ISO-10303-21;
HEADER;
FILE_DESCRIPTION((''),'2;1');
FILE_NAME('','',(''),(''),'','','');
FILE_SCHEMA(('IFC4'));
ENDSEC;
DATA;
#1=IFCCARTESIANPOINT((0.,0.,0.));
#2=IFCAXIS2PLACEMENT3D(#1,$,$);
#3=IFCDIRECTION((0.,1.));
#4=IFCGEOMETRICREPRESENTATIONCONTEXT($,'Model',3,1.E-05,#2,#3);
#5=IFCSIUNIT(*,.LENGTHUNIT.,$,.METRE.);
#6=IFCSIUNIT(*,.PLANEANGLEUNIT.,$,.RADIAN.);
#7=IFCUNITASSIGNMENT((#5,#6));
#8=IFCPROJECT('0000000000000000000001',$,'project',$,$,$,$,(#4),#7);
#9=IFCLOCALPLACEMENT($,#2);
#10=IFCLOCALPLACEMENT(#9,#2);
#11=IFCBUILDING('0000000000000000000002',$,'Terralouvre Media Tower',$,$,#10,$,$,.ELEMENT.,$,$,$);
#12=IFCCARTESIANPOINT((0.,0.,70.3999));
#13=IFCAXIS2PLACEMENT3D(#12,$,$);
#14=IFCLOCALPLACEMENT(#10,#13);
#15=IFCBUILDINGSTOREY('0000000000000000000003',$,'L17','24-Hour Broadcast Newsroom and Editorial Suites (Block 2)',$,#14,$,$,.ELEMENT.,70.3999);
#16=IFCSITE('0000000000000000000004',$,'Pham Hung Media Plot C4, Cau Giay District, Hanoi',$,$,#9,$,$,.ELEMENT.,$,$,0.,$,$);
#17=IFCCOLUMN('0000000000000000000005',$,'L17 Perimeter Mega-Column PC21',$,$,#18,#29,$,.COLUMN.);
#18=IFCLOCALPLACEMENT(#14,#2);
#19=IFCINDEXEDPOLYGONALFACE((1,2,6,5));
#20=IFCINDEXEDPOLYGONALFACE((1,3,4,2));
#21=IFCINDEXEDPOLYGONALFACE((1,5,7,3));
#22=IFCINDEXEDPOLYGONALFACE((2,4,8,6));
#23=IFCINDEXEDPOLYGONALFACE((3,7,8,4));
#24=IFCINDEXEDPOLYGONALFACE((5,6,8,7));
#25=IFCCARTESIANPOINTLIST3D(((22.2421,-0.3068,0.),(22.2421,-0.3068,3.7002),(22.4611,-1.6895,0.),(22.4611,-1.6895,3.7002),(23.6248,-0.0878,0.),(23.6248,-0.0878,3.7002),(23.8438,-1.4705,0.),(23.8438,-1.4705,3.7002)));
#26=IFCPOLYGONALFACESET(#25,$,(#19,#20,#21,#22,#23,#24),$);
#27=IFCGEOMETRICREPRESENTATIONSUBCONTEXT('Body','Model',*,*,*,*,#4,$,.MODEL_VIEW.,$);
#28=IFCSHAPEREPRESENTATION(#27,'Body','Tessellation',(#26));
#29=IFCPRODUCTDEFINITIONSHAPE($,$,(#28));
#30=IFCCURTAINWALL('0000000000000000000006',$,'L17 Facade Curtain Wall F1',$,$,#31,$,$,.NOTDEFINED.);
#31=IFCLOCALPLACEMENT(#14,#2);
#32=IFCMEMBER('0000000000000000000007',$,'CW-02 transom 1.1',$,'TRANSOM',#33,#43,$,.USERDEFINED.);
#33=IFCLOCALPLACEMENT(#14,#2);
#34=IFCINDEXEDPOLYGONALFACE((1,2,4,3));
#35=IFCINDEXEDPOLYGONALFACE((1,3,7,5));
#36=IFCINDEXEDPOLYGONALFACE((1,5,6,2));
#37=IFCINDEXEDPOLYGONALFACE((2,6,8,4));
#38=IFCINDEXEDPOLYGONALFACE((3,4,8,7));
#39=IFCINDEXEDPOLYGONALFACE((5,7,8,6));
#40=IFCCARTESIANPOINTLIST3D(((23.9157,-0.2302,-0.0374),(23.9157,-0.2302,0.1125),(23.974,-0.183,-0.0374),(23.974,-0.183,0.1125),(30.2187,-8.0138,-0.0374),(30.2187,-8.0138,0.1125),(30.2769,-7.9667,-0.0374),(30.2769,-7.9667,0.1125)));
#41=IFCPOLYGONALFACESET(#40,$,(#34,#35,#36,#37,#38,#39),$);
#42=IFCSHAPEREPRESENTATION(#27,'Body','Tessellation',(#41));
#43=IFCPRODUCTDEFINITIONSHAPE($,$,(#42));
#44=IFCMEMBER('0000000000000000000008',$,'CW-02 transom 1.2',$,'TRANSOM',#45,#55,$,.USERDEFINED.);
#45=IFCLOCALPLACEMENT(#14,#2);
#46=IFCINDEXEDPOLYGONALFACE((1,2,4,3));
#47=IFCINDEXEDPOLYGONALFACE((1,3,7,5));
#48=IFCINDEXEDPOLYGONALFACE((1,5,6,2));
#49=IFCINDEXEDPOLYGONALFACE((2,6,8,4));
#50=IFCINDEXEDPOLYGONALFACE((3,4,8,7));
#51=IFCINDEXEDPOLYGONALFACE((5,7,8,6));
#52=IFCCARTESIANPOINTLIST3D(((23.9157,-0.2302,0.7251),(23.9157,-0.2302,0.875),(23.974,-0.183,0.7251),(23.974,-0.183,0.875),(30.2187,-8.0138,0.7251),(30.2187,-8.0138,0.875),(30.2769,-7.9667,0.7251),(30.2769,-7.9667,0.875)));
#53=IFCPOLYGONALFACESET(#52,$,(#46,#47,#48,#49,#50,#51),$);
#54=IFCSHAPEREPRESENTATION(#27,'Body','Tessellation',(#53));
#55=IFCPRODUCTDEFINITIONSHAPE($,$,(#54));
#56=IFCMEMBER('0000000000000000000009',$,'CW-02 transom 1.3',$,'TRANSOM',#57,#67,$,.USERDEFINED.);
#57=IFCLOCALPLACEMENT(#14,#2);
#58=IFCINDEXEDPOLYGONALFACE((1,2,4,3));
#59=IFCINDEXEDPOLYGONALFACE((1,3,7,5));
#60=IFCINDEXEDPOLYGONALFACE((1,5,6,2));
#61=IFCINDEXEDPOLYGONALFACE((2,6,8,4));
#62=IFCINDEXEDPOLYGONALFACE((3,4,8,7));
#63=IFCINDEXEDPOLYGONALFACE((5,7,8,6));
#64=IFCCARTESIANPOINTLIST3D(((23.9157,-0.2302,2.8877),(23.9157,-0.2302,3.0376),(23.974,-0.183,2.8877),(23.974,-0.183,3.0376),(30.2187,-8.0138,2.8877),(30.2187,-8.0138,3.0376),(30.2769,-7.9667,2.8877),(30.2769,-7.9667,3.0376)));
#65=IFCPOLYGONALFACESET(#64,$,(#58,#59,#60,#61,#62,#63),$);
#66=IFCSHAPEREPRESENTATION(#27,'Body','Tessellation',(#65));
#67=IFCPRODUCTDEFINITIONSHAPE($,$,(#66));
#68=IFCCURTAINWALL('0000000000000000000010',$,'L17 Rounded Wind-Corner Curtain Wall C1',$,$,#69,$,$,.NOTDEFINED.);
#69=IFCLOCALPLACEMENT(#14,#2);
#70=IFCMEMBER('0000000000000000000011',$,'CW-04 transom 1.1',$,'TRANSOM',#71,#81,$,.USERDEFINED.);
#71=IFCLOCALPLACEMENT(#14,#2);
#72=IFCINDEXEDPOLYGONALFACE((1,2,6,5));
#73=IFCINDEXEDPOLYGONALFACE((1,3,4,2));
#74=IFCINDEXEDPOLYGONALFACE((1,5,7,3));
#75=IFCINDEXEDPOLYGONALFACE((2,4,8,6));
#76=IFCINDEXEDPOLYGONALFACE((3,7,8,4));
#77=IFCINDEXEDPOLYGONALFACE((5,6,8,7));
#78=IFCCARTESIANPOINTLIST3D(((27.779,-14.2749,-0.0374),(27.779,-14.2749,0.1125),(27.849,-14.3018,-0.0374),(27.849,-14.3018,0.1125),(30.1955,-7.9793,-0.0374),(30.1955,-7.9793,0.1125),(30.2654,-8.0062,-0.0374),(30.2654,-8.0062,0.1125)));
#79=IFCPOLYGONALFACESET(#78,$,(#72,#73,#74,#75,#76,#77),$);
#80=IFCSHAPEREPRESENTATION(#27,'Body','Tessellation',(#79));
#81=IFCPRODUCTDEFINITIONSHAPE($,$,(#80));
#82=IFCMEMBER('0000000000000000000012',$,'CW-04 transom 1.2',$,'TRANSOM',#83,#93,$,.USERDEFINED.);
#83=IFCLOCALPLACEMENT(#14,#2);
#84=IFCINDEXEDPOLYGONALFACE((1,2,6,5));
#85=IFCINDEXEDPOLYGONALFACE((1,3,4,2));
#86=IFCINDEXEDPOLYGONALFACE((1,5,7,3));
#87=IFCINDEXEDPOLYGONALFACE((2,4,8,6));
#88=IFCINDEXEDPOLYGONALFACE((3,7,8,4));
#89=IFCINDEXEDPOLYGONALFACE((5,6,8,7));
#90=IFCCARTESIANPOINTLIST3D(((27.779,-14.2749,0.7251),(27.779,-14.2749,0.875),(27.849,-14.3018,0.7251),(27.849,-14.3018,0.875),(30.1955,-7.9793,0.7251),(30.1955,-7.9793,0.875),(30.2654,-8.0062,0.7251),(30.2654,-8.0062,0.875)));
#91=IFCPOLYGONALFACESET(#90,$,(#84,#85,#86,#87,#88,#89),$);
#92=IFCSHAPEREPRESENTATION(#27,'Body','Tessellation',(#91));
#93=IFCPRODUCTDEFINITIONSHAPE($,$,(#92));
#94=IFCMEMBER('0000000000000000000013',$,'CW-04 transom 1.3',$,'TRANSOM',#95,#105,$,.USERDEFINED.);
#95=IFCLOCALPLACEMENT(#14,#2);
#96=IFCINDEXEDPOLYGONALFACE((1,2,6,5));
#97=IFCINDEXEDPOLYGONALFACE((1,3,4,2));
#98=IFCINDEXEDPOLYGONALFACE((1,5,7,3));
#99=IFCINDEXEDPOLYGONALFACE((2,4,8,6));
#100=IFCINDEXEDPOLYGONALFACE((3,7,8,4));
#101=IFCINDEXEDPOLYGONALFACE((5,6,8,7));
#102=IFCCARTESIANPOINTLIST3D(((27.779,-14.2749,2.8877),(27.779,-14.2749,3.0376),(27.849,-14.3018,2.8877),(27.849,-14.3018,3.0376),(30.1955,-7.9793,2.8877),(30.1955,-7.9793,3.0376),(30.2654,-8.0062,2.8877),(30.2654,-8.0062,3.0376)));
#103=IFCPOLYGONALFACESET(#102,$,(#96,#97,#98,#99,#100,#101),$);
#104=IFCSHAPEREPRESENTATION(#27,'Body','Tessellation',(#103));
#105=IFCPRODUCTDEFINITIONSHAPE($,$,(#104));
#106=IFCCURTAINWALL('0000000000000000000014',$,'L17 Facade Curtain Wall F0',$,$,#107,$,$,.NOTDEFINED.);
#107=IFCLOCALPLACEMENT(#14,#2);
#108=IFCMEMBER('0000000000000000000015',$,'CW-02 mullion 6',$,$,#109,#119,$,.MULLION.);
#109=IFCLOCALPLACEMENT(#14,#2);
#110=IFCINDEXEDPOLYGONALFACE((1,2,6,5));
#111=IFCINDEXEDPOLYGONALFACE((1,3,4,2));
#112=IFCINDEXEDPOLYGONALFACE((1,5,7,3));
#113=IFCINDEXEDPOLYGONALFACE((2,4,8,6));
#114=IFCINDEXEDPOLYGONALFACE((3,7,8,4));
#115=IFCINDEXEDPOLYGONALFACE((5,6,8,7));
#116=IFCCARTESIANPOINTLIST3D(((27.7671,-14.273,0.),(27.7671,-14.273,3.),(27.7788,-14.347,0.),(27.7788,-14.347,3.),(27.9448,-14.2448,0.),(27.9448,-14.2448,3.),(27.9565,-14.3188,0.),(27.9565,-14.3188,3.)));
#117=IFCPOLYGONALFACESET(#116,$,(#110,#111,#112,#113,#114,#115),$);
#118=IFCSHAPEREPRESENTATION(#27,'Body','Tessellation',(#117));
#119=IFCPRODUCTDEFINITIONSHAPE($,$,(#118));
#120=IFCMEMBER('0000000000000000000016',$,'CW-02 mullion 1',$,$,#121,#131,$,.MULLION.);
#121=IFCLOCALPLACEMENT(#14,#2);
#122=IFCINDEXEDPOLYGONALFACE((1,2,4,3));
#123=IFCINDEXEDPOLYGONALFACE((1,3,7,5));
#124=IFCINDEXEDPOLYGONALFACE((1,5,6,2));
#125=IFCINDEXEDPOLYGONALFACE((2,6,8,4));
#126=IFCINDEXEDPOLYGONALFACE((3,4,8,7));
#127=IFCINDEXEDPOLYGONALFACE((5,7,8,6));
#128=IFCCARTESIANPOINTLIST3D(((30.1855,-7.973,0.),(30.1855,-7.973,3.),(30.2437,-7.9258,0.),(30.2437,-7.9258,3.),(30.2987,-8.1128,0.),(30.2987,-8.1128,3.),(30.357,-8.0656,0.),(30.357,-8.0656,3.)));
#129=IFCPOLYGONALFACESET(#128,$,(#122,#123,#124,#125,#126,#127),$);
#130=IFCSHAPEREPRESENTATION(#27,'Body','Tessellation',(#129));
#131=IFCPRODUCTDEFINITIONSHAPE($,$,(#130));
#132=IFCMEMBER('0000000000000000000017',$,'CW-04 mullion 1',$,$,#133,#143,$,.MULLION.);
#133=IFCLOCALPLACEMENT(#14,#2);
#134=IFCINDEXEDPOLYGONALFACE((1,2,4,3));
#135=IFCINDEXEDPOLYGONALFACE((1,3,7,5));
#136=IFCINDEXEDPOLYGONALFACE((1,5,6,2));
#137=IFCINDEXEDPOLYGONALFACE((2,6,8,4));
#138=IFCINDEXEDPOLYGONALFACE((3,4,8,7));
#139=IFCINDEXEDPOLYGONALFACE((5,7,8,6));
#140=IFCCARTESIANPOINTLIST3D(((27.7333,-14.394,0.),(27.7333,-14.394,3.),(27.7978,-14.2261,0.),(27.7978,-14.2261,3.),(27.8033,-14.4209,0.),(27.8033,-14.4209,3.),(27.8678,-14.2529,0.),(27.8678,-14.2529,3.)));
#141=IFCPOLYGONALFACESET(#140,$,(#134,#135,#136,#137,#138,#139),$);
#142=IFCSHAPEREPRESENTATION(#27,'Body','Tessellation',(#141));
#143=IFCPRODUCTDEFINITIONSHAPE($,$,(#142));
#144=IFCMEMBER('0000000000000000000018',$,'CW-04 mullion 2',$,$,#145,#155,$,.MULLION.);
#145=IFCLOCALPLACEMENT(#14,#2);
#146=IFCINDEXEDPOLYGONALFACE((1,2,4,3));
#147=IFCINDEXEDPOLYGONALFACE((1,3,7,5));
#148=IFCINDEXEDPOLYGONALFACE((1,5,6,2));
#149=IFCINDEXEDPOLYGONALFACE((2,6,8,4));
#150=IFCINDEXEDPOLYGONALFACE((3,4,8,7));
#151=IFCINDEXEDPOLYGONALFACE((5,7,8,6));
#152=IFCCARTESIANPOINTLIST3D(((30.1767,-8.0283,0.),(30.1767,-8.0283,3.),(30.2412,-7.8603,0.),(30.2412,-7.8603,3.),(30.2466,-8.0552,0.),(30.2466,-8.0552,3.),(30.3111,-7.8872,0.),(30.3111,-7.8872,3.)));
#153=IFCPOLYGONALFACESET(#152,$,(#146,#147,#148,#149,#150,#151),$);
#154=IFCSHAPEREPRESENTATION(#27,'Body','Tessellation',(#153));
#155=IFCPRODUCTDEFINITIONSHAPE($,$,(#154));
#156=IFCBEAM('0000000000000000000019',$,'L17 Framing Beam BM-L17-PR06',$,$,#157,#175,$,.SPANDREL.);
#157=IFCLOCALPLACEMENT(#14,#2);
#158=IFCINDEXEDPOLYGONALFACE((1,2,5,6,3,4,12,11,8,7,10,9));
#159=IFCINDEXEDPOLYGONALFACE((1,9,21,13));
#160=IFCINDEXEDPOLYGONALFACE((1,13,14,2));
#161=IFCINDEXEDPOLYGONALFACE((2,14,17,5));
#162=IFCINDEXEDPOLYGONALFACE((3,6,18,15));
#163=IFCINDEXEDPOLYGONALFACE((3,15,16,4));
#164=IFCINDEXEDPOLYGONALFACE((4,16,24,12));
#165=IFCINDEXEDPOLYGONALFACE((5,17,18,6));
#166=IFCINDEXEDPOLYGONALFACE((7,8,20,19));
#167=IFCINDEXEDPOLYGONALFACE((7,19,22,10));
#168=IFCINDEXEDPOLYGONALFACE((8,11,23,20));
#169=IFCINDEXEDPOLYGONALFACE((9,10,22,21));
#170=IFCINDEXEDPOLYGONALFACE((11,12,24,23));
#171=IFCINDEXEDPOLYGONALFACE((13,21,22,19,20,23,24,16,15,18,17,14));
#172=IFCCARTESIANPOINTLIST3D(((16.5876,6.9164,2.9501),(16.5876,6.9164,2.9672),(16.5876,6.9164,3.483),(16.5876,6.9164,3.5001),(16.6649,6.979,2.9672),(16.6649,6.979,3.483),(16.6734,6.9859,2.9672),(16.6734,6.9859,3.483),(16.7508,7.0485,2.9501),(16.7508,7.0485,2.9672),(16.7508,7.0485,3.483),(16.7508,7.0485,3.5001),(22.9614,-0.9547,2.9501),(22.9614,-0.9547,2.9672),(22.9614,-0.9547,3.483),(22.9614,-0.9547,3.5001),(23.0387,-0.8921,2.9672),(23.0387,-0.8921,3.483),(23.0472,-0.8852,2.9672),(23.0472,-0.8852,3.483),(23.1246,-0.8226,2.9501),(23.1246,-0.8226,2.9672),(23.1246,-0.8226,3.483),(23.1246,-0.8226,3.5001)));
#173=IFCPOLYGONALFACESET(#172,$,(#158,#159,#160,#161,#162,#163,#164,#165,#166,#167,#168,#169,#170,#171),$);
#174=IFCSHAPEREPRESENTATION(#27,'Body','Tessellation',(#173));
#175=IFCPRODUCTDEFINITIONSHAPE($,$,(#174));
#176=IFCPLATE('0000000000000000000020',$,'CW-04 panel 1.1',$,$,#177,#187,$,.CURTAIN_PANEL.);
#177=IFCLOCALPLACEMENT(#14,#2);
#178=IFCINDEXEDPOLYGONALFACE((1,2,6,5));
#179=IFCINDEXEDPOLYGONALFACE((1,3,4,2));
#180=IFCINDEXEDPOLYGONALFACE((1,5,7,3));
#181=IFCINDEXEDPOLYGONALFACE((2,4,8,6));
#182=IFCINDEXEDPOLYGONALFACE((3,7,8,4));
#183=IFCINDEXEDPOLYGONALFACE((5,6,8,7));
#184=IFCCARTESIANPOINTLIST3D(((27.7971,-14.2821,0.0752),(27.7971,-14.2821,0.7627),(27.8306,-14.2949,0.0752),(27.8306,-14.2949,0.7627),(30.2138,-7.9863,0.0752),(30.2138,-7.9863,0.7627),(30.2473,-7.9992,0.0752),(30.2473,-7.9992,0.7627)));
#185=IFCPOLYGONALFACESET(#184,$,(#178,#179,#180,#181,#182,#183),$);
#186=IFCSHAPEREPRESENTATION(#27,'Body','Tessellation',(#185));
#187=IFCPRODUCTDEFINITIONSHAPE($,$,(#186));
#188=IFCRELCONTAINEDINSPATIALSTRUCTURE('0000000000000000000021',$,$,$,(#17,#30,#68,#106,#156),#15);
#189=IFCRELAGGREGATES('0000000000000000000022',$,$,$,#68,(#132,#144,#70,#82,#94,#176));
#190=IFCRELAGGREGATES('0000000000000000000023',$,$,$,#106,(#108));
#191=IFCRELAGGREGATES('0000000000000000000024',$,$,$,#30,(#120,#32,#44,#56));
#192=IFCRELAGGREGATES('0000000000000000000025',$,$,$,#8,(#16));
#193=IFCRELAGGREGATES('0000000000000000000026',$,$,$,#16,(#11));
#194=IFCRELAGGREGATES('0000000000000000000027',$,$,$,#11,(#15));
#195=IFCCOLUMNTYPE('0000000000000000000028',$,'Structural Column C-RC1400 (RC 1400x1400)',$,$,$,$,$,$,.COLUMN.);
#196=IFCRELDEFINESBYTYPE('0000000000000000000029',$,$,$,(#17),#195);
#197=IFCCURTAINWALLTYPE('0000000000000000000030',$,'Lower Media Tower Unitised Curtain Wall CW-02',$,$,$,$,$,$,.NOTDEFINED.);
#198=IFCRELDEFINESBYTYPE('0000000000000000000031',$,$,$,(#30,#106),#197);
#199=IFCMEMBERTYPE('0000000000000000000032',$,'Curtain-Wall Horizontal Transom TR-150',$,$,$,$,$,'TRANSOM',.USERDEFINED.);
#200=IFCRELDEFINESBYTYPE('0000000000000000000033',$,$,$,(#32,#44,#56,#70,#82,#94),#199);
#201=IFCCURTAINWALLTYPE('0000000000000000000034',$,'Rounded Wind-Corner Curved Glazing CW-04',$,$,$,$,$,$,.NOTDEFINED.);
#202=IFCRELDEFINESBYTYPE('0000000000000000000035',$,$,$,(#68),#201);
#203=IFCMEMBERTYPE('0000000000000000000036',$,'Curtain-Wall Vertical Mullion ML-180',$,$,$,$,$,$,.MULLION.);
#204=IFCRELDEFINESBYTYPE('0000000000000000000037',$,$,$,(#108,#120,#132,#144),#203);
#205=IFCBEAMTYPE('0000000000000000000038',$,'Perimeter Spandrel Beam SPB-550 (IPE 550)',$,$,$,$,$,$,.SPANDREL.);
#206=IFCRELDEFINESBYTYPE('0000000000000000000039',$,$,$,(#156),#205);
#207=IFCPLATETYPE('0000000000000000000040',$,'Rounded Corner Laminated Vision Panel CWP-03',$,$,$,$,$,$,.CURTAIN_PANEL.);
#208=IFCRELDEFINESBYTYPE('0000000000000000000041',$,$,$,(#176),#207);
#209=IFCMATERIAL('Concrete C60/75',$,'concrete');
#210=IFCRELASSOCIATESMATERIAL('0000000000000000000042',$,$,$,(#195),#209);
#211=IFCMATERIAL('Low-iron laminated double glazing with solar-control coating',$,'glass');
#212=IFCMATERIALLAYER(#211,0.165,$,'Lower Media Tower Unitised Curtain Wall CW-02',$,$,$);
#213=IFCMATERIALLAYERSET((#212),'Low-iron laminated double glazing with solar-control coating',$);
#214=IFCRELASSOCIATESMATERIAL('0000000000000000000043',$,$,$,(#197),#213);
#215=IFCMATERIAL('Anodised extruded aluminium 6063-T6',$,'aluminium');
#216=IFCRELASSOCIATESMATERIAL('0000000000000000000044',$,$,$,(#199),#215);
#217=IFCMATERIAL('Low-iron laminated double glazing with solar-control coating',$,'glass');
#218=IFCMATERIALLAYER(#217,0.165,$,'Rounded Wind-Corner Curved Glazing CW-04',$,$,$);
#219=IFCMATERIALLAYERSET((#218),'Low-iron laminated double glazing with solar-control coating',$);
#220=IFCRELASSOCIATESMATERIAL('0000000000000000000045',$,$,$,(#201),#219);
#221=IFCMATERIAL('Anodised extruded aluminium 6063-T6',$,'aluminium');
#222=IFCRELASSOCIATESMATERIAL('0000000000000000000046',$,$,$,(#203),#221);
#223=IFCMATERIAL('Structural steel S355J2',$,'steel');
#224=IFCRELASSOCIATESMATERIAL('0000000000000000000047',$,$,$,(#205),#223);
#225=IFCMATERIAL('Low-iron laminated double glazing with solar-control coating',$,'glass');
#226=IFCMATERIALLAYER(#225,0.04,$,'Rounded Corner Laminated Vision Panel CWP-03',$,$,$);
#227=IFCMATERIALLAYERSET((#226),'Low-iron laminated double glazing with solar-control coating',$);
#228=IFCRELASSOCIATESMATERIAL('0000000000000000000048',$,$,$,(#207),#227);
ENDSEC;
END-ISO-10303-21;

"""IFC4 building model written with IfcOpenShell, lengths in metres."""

from ifc_helpers import new_model, si_unit, direction, frame, origin, origin_2d, place, context, subcontext, project, spatial, rectangle, i_section, extrude, material, layer, layer_set, material_profile, profile_set, type_object, element, aggregate, save


model = new_model("IFC4")

# Units and contexts
model_context = context("Model", 3, precision=1e-05, world=origin(), true_north=direction((0.0, 1.0)))
body_context = subcontext(model_context, "Body", "Model", "MODEL_VIEW")
ifc_project = project(units=[si_unit("LENGTHUNIT", "METRE"), si_unit("PLANEANGLEUNIT", "RADIAN")], contexts=[model_context])

# Site, building, storey
site_placement = place(None, origin())
site = spatial("IfcSite", under=ifc_project, at=site_placement, Name="Pham Hung Media Plot C4, Cau Giay District, Hanoi", CompositionType="ELEMENT", RefElevation=0.0)
building_placement = place(site_placement, origin())
building = spatial("IfcBuilding", under=site, at=building_placement, Name="Terralouvre Media Tower", CompositionType="ELEMENT")
storey_placement = place(building_placement, frame((0.0, 0.0, 70.3999)))
storey = spatial("IfcBuildingStorey", under=building, at=storey_placement, Name="L17", Description="24-Hour Broadcast Newsroom and Editorial Suites (Block 2)", CompositionType="ELEMENT", Elevation=70.3999)

# Column
ifc_material_1 = material(Name="Concrete C60/75", Category="concrete")
ifc_material_profile_1 = material_profile(ifc_material_1, rectangle(XDim=1.3999, YDim=1.3999, at=origin_2d()), Name="RC 1400x1400")
ifc_profile_set_1 = profile_set([ifc_material_profile_1], Name="Concrete C60/75")
column_type = type_object("IfcColumnType", Name="Structural Column C-RC1400 (RC 1400x1400)", PredefinedType="COLUMN", material=ifc_profile_set_1)
column_placement = place(storey_placement, frame((23.043, -0.8887, 0.0), z_axis=(0.0, 0.0, 1.0), x_axis=(0.987688, 0.156434, 0.0)))
element("IfcColumn", 1, at=column_placement, inside=storey, type_object=column_type, Name="L17 Perimeter Mega-Column PC21", PredefinedType="COLUMN", context=body_context, shape_type="SweptSolid", body=[
    extrude(rectangle(XDim=1.3999, YDim=1.3999, at=origin_2d()), origin(), (0.0, 0.0, 1.0), 3.7002),
])

# Curtain walls, members
ifc_material_2 = material(Name="Low-iron laminated double glazing with solar-control coating", Category="glass")
ifc_layer_1 = layer(ifc_material_2, 0.165, Name="Lower Media Tower Unitised Curtain Wall CW-02")
ifc_layer_set_1 = layer_set([ifc_layer_1], Name="Low-iron laminated double glazing with solar-control coating")
curtain_wall_type_1 = type_object("IfcCurtainWallType", Name="Lower Media Tower Unitised Curtain Wall CW-02", PredefinedType="NOTDEFINED", material=ifc_layer_set_1)
curtain_wall_1_placement = place(storey_placement, origin())
curtain_wall_1 = element("IfcCurtainWall", 2, at=curtain_wall_1_placement, inside=storey, type_object=curtain_wall_type_1, Name="L17 Facade Curtain Wall F1", PredefinedType="NOTDEFINED")
ifc_material_3 = material(Name="Anodised extruded aluminium 6063-T6", Category="aluminium")
ifc_material_profile_2 = material_profile(ifc_material_3, rectangle(XDim=0.075, YDim=0.1499, at=origin_2d()), Name="ALU 75x150")
ifc_profile_set_2 = profile_set([ifc_material_profile_2], Name="Anodised extruded aluminium 6063-T6")
member_type_1 = type_object("IfcMemberType", Name="Curtain-Wall Horizontal Transom TR-150", ElementType="TRANSOM", PredefinedType="USERDEFINED", material=ifc_profile_set_2)
member_1_placement = place(storey_placement, frame((30.2478, -7.9902, 0.0376), z_axis=(-0.629313, 0.777152, 0.0), x_axis=(-0.777152, -0.629313, 0.0)))
member_1 = element("IfcMember", 3, at=member_1_placement, type_object=member_type_1, Name="CW-02 transom 1.1", ObjectType="TRANSOM", PredefinedType="USERDEFINED", context=body_context, shape_type="SweptSolid", body=[
    extrude(rectangle(XDim=0.075, YDim=0.1499, at=origin_2d()), origin(), (0.0, 0.0, 1.0), 10.0156),
])
member_2_placement = place(storey_placement, frame((30.2478, -7.9902, 0.8), z_axis=(-0.629313, 0.777152, 0.0), x_axis=(-0.777152, -0.629313, 0.0)))
member_2 = element("IfcMember", 4, at=member_2_placement, type_object=member_type_1, Name="CW-02 transom 1.2", ObjectType="TRANSOM", PredefinedType="USERDEFINED", context=body_context, shape_type="SweptSolid", body=[
    extrude(rectangle(XDim=0.075, YDim=0.1499, at=origin_2d()), origin(), (0.0, 0.0, 1.0), 10.0156),
])
member_3_placement = place(storey_placement, frame((30.2478, -7.9902, 2.9626), z_axis=(-0.629313, 0.777152, 0.0), x_axis=(-0.777152, -0.629313, 0.0)))
member_3 = element("IfcMember", 5, at=member_3_placement, type_object=member_type_1, Name="CW-02 transom 1.3", ObjectType="TRANSOM", PredefinedType="USERDEFINED", context=body_context, shape_type="SweptSolid", body=[
    extrude(rectangle(XDim=0.075, YDim=0.1499, at=origin_2d()), origin(), (0.0, 0.0, 1.0), 10.0156),
])
ifc_material_4 = material(Name="Low-iron laminated double glazing with solar-control coating", Category="glass")
ifc_layer_2 = layer(ifc_material_4, 0.165, Name="Rounded Wind-Corner Curved Glazing CW-04")
ifc_layer_set_2 = layer_set([ifc_layer_2], Name="Low-iron laminated double glazing with solar-control coating")
curtain_wall_type_2 = type_object("IfcCurtainWallType", Name="Rounded Wind-Corner Curved Glazing CW-04", PredefinedType="NOTDEFINED", material=ifc_layer_set_2)
curtain_wall_2_placement = place(storey_placement, origin())
curtain_wall_2 = element("IfcCurtainWall", 6, at=curtain_wall_2_placement, inside=storey, type_object=curtain_wall_type_2, Name="L17 Rounded Wind-Corner Curtain Wall C1", PredefinedType="NOTDEFINED")
member_4_placement = place(storey_placement, frame((27.814, -14.2883, 0.0376), z_axis=(0.358346, 0.933589, 0.0), x_axis=(-0.933589, 0.358346, 0.0)))
member_4 = element("IfcMember", 7, at=member_4_placement, type_object=member_type_1, Name="CW-04 transom 1.1", ObjectType="TRANSOM", PredefinedType="USERDEFINED", context=body_context, shape_type="SweptSolid", body=[
    extrude(rectangle(XDim=0.075, YDim=0.1499, at=origin_2d()), origin(), (0.0, 0.0, 1.0), 6.7434),
])
member_5_placement = place(storey_placement, frame((27.814, -14.2883, 0.8), z_axis=(0.358346, 0.933589, 0.0), x_axis=(-0.933589, 0.358346, 0.0)))
member_5 = element("IfcMember", 8, at=member_5_placement, type_object=member_type_1, Name="CW-04 transom 1.2", ObjectType="TRANSOM", PredefinedType="USERDEFINED", context=body_context, shape_type="SweptSolid", body=[
    extrude(rectangle(XDim=0.075, YDim=0.1499, at=origin_2d()), origin(), (0.0, 0.0, 1.0), 6.7434),
])
member_6_placement = place(storey_placement, frame((27.814, -14.2883, 2.9626), z_axis=(0.358346, 0.933589, 0.0), x_axis=(-0.933589, 0.358346, 0.0)))
member_6 = element("IfcMember", 9, at=member_6_placement, type_object=member_type_1, Name="CW-04 transom 1.3", ObjectType="TRANSOM", PredefinedType="USERDEFINED", context=body_context, shape_type="SweptSolid", body=[
    extrude(rectangle(XDim=0.075, YDim=0.1499, at=origin_2d()), origin(), (0.0, 0.0, 1.0), 6.7434),
])

# Curtain wall, member
curtain_wall_3_placement = place(storey_placement, origin())
curtain_wall_3 = element("IfcCurtainWall", 10, at=curtain_wall_3_placement, inside=storey, type_object=curtain_wall_type_1, Name="L17 Facade Curtain Wall F0", PredefinedType="NOTDEFINED")
ifc_material_5 = material(Name="Anodised extruded aluminium 6063-T6", Category="aluminium")
ifc_material_profile_3 = material_profile(ifc_material_5, rectangle(XDim=0.075, YDim=0.1799, at=origin_2d()), Name="ALU 75x180")
ifc_profile_set_3 = profile_set([ifc_material_profile_3], Name="Anodised extruded aluminium 6063-T6")
member_type_2 = type_object("IfcMemberType", Name="Curtain-Wall Vertical Mullion ML-180", PredefinedType="MULLION", material=ifc_profile_set_3)
member_7_placement = place(storey_placement, frame((27.8618, -14.2959, 0.0), z_axis=(0.0, 0.0, 1.0), x_axis=(-0.156434, 0.987688, 0.0)))
member_7 = element("IfcMember", 11, at=member_7_placement, type_object=member_type_2, Name="CW-02 mullion 6", PredefinedType="MULLION", context=body_context, shape_type="SweptSolid", body=[
    extrude(rectangle(XDim=0.075, YDim=0.1799, at=origin_2d()), origin(), (0.0, 0.0, 1.0), 3.0),
])

# Members
member_8_placement = place(storey_placement, frame((30.2712, -8.0193, 0.0), z_axis=(0.0, 0.0, 1.0), x_axis=(-0.777146, -0.62932, 0.0)))
member_8 = element("IfcMember", 12, at=member_8_placement, type_object=member_type_2, Name="CW-02 mullion 1", PredefinedType="MULLION", context=body_context, shape_type="SweptSolid", body=[
    extrude(rectangle(XDim=0.075, YDim=0.1799, at=origin_2d()), origin(), (0.0, 0.0, 1.0), 3.0),
])
member_9_placement = place(storey_placement, frame((27.8005, -14.3235, 0.0), z_axis=(0.0, 0.0, 1.0), x_axis=(-0.933581, 0.358367, 0.0)))
member_9 = element("IfcMember", 13, at=member_9_placement, type_object=member_type_2, Name="CW-04 mullion 1", PredefinedType="MULLION", context=body_context, shape_type="SweptSolid", body=[
    extrude(rectangle(XDim=0.075, YDim=0.1799, at=origin_2d()), origin(), (0.0, 0.0, 1.0), 3.0),
])
member_10_placement = place(storey_placement, frame((30.2439, -7.9578, 0.0), z_axis=(0.0, 0.0, 1.0), x_axis=(-0.933581, 0.358367, 0.0)))
member_10 = element("IfcMember", 14, at=member_10_placement, type_object=member_type_2, Name="CW-04 mullion 2", PredefinedType="MULLION", context=body_context, shape_type="SweptSolid", body=[
    extrude(rectangle(XDim=0.075, YDim=0.1799, at=origin_2d()), origin(), (0.0, 0.0, 1.0), 3.0),
])

# Beam
ifc_material_6 = material(Name="Structural steel S355J2", Category="steel")
ifc_material_profile_4 = material_profile(ifc_material_6, i_section(OverallWidth=0.21, OverallDepth=0.55, WebThickness=0.011, FlangeThickness=0.0171, at=origin_2d()), Name="IPE 550")
ifc_profile_set_4 = profile_set([ifc_material_profile_4], Name="Structural steel S355J2")
beam_type = type_object("IfcBeamType", Name="Perimeter Spandrel Beam SPB-550 (IPE 550)", PredefinedType="SPANDREL", material=ifc_profile_set_4)
beam_placement = place(storey_placement, frame((23.043, -0.8887, 3.2251), z_axis=(-0.629314, 0.777151, 0.0), x_axis=(-0.777151, -0.629314, 0.0)))
element("IfcBeam", 15, at=beam_placement, inside=storey, type_object=beam_type, Name="L17 Framing Beam BM-L17-PR06", PredefinedType="SPANDREL", context=body_context, shape_type="SweptSolid", body=[
    extrude(i_section(OverallWidth=0.21, OverallDepth=0.55, WebThickness=0.011, FlangeThickness=0.0171, at=origin_2d()), origin(), (0.0, 0.0, 1.0), 10.1282),
])

# Plate
ifc_material_7 = material(Name="Low-iron laminated double glazing with solar-control coating", Category="glass")
ifc_layer_3 = layer(ifc_material_7, 0.04, Name="Rounded Corner Laminated Vision Panel CWP-03")
ifc_layer_set_3 = layer_set([ifc_layer_3], Name="Low-iron laminated double glazing with solar-control coating")
plate_type_1 = type_object("IfcPlateType", Name="Rounded Corner Laminated Vision Panel CWP-03", PredefinedType="CURTAIN_PANEL", material=ifc_layer_set_3)
plate_1_placement = place(storey_placement, frame((29.0222, -11.1406, 0.0752), z_axis=(0.0, 0.0, 1.0), x_axis=(0.358367, 0.933581, 0.0)))
plate_1 = element("IfcPlate", 16, at=plate_1_placement, type_object=plate_type_1, Name="CW-04 panel 1.1", PredefinedType="CURTAIN_PANEL", context=body_context, shape_type="SweptSolid", body=[
    extrude(rectangle(XDim=6.7437, YDim=0.0359, at=origin_2d()), origin(), (0.0, 0.0, 1.0), 0.6875),
])
aggregate(curtain_wall_2, [member_9, member_10, member_4, member_5, member_6, plate_1])
aggregate(curtain_wall_3, [member_7])
aggregate(curtain_wall_1, [member_8, member_1, member_2, member_3])

save(model, "model.ifc")
